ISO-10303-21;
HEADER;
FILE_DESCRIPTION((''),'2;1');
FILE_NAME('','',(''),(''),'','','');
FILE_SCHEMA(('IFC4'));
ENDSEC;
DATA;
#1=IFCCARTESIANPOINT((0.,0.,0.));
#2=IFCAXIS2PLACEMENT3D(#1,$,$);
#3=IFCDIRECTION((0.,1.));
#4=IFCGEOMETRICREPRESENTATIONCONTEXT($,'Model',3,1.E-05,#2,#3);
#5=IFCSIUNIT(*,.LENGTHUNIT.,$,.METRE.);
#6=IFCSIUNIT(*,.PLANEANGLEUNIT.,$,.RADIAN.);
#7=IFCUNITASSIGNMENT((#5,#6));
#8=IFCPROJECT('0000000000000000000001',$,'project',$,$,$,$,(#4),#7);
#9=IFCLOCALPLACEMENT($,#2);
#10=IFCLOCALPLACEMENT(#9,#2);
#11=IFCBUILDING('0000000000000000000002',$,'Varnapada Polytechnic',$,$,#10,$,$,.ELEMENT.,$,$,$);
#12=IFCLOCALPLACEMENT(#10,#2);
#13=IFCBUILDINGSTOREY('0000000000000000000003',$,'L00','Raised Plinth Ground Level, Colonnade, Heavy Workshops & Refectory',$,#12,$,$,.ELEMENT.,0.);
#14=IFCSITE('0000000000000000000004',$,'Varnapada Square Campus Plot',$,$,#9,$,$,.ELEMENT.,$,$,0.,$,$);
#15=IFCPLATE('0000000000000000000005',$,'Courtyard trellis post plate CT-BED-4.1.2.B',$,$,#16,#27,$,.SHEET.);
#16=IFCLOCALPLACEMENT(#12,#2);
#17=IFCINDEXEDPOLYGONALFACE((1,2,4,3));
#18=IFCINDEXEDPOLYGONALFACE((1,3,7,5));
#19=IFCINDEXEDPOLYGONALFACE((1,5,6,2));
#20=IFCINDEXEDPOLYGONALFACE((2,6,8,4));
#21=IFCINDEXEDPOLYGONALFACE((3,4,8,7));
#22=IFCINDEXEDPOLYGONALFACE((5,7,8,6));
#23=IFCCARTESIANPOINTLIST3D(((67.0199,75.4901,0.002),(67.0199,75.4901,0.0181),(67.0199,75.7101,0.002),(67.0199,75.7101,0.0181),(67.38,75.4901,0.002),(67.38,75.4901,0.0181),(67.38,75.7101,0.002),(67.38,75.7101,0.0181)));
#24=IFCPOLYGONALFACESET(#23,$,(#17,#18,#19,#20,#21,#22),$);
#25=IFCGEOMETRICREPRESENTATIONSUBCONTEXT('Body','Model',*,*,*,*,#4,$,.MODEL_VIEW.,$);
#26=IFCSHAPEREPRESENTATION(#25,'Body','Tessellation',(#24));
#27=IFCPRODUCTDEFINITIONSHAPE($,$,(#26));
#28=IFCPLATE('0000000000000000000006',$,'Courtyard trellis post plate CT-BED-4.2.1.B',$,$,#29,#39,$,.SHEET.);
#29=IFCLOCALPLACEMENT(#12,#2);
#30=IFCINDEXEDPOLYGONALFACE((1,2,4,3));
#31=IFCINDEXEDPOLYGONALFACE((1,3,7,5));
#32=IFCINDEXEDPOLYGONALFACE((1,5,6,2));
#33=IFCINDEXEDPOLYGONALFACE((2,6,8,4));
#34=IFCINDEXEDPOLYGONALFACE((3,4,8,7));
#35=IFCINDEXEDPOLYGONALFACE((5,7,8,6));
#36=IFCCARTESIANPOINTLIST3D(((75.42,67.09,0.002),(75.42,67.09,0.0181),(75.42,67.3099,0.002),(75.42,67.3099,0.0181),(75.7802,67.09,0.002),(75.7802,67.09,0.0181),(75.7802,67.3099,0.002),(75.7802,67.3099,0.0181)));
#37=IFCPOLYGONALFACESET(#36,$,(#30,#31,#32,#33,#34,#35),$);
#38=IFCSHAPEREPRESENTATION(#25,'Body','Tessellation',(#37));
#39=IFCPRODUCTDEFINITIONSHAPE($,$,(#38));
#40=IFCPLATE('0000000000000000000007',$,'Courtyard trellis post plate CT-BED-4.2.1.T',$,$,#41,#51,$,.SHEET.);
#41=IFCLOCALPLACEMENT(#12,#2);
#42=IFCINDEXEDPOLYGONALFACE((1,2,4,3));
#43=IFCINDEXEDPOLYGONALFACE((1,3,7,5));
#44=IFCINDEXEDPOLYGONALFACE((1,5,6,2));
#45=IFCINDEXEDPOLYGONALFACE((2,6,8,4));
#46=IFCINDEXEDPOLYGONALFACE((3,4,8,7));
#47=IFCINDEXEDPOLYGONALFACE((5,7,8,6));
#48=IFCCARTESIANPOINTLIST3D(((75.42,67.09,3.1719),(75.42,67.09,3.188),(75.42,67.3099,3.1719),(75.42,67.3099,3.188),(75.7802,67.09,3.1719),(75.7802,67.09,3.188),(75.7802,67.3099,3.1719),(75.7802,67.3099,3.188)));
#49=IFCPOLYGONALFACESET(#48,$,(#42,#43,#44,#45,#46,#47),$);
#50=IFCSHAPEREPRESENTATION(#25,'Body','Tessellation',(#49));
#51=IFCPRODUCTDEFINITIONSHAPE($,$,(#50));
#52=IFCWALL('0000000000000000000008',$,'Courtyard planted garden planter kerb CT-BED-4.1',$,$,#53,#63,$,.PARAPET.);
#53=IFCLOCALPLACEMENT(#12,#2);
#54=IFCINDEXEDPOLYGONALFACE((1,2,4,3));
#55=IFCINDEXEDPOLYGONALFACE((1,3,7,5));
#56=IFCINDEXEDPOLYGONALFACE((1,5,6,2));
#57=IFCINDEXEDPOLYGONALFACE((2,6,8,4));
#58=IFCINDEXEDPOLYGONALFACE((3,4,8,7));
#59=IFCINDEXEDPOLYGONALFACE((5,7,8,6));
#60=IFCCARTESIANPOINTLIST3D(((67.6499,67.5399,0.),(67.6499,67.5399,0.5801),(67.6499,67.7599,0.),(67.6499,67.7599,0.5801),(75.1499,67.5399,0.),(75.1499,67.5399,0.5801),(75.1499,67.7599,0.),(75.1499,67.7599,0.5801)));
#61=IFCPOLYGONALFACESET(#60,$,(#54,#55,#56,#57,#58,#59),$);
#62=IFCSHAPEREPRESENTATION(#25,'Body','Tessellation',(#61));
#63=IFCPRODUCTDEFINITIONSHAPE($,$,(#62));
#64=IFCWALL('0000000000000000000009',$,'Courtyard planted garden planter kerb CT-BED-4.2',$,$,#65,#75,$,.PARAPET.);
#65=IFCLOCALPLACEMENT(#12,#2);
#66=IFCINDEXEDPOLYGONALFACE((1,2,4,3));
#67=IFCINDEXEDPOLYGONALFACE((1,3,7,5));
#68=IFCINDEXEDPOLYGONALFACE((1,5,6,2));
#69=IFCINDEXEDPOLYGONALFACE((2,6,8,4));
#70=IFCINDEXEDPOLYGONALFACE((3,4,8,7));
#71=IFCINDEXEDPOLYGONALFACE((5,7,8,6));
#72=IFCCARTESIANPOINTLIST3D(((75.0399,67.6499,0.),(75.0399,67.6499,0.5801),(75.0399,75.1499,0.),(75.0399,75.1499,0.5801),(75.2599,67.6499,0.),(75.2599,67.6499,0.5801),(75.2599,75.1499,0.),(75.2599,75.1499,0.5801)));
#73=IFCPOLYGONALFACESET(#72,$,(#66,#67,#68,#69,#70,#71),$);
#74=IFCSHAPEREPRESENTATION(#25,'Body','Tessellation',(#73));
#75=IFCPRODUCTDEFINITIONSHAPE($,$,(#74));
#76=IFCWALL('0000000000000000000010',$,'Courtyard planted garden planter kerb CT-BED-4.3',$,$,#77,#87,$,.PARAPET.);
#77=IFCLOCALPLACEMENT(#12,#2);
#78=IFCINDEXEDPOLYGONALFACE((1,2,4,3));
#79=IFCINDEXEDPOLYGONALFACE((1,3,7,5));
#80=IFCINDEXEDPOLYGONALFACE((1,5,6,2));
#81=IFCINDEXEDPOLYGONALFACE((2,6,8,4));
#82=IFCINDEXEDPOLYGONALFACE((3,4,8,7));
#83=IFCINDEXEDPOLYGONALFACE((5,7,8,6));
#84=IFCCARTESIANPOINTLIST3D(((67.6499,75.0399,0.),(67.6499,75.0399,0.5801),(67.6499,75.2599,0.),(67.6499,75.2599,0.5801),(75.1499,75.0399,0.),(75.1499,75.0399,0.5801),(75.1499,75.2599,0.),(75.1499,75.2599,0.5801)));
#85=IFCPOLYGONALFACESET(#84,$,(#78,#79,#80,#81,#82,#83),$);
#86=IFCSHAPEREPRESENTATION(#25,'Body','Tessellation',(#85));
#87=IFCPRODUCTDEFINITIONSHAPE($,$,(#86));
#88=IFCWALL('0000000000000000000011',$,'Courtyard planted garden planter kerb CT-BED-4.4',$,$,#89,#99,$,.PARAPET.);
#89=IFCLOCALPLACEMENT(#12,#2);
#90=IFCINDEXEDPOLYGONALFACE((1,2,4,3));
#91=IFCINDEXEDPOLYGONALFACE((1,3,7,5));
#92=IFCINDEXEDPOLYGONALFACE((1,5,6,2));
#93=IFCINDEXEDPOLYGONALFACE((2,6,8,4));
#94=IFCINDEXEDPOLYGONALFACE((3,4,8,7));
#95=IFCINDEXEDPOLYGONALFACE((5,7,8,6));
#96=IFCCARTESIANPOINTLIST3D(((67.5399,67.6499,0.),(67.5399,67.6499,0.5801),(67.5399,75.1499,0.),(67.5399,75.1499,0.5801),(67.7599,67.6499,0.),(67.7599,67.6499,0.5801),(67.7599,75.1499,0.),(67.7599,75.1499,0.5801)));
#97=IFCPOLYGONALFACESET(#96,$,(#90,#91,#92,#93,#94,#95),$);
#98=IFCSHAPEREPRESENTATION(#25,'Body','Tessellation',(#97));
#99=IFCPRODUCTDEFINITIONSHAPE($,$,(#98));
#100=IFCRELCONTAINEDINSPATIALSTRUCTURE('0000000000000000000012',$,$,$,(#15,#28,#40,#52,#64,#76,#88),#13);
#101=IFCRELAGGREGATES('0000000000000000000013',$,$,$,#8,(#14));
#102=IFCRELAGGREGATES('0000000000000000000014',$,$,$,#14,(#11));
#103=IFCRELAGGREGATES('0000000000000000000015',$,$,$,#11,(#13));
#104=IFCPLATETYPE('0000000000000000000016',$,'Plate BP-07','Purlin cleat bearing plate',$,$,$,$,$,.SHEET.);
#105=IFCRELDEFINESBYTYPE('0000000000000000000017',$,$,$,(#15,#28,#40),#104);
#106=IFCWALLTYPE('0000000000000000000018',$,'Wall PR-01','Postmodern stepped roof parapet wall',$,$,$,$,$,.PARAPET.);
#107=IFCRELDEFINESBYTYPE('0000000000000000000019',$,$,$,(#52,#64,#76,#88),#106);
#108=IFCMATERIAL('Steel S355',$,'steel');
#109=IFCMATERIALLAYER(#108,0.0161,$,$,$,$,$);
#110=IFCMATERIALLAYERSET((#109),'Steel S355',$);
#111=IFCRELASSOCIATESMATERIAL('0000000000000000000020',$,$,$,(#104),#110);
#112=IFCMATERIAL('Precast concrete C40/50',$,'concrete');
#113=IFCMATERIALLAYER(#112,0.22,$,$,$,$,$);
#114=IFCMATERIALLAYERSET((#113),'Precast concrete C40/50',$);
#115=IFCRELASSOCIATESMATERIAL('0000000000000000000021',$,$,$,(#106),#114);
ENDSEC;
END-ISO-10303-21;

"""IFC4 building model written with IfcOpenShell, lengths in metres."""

from ifc_helpers import new_model, si_unit, direction, frame, frame_2d, origin, origin_2d, place, context, subcontext, project, spatial, rectangle, extrude, material, layer, layer_set, type_object, element, save


model = new_model("IFC4")

# Units and contexts
model_context = context("Model", 3, precision=1e-05, world=origin(), true_north=direction((0.0, 1.0)))
body_context = subcontext(model_context, "Body", "Model", "MODEL_VIEW")
ifc_project = project(units=[si_unit("LENGTHUNIT", "METRE"), si_unit("PLANEANGLEUNIT", "RADIAN")], contexts=[model_context])

# Site, building, storey
site_placement = place(None, origin())
site = spatial("IfcSite", under=ifc_project, at=site_placement, Name="Varnapada Square Campus Plot", CompositionType="ELEMENT", RefElevation=0.0)
building_placement = place(site_placement, origin())
building = spatial("IfcBuilding", under=site, at=building_placement, Name="Varnapada Polytechnic", CompositionType="ELEMENT")
storey_placement = place(building_placement, origin())
storey = spatial("IfcBuildingStorey", under=building, at=storey_placement, Name="L00", Description="Raised Plinth Ground Level, Colonnade, Heavy Workshops & Refectory", CompositionType="ELEMENT", Elevation=0.0)

# Shared definitions
ifc_material_1 = material(Name="Steel S355", Category="steel")

# Plates
ifc_layer_1 = layer(ifc_material_1, 0.0161)
ifc_layer_set_1 = layer_set([ifc_layer_1], Name="Steel S355")
plate_type = type_object("IfcPlateType", Name="Plate BP-07", Description="Purlin cleat bearing plate", PredefinedType="SHEET", material=ifc_layer_set_1)
for number, where, z_axis, x_axis, name in (
    (1, (67.2, 75.6001, 0.002), (0.0, 0.0, 1.0), (1.0, 0.0, 0.0), "Courtyard trellis post plate CT-BED-4.1.2.B"),
    (2, (75.6001, 67.2, 0.002), (0.0, 0.0, 1.0), (1.0, 0.0, 0.0), "Courtyard trellis post plate CT-BED-4.2.1.B"),
    (3, (75.6001, 67.2, 3.1719), (0.0, 0.0, 1.0), (1.0, 0.0, 0.0), "Courtyard trellis post plate CT-BED-4.2.1.T"),
):
    element("IfcPlate", number, at=place(storey_placement, frame(where, z_axis=z_axis, x_axis=x_axis)), inside=storey, type_object=plate_type, Name=name, PredefinedType="SHEET", context=body_context, shape_type="SweptSolid", body=[
        extrude(rectangle(XDim=0.3601, YDim=0.22, at=origin_2d()), origin(), (0.0, 0.0, 1.0), 0.0161),
    ])

# Walls
ifc_material_2 = material(Name="Precast concrete C40/50", Category="concrete")
ifc_layer_2 = layer(ifc_material_2, 0.22)
ifc_layer_set_2 = layer_set([ifc_layer_2], Name="Precast concrete C40/50")
wall_type = type_object("IfcWallType", Name="Wall PR-01", Description="Postmodern stepped roof parapet wall", PredefinedType="PARAPET", material=ifc_layer_set_2)
for number, where, z_axis, x_axis, name in (
    (4, (67.6499, 67.6499, 0.0), (0.0, 0.0, 1.0), (1.0, 0.0, 0.0), "Courtyard planted garden planter kerb CT-BED-4.1"),
    (5, (75.1499, 67.6499, 0.0), (0.0, 0.0, 1.0), (0.0, 1.0, 0.0), "Courtyard planted garden planter kerb CT-BED-4.2"),
    (6, (75.1499, 75.1499, 0.0), (0.0, 0.0, 1.0), (-1.0, 0.0, 0.0), "Courtyard planted garden planter kerb CT-BED-4.3"),
    (7, (67.6499, 75.1499, 0.0), (0.0, 0.0, 1.0), (0.0, -1.0, 0.0), "Courtyard planted garden planter kerb CT-BED-4.4"),
):
    element("IfcWall", number, at=place(storey_placement, frame(where, z_axis=z_axis, x_axis=x_axis)), inside=storey, type_object=wall_type, Name=name, PredefinedType="PARAPET", context=body_context, shape_type="SweptSolid", body=[
        extrude(rectangle(XDim=7.5, YDim=0.22, at=frame_2d((3.75, 0.0))), origin(), (0.0, 0.0, 1.0), 0.5801),
    ])

save(model, "model.ifc")
